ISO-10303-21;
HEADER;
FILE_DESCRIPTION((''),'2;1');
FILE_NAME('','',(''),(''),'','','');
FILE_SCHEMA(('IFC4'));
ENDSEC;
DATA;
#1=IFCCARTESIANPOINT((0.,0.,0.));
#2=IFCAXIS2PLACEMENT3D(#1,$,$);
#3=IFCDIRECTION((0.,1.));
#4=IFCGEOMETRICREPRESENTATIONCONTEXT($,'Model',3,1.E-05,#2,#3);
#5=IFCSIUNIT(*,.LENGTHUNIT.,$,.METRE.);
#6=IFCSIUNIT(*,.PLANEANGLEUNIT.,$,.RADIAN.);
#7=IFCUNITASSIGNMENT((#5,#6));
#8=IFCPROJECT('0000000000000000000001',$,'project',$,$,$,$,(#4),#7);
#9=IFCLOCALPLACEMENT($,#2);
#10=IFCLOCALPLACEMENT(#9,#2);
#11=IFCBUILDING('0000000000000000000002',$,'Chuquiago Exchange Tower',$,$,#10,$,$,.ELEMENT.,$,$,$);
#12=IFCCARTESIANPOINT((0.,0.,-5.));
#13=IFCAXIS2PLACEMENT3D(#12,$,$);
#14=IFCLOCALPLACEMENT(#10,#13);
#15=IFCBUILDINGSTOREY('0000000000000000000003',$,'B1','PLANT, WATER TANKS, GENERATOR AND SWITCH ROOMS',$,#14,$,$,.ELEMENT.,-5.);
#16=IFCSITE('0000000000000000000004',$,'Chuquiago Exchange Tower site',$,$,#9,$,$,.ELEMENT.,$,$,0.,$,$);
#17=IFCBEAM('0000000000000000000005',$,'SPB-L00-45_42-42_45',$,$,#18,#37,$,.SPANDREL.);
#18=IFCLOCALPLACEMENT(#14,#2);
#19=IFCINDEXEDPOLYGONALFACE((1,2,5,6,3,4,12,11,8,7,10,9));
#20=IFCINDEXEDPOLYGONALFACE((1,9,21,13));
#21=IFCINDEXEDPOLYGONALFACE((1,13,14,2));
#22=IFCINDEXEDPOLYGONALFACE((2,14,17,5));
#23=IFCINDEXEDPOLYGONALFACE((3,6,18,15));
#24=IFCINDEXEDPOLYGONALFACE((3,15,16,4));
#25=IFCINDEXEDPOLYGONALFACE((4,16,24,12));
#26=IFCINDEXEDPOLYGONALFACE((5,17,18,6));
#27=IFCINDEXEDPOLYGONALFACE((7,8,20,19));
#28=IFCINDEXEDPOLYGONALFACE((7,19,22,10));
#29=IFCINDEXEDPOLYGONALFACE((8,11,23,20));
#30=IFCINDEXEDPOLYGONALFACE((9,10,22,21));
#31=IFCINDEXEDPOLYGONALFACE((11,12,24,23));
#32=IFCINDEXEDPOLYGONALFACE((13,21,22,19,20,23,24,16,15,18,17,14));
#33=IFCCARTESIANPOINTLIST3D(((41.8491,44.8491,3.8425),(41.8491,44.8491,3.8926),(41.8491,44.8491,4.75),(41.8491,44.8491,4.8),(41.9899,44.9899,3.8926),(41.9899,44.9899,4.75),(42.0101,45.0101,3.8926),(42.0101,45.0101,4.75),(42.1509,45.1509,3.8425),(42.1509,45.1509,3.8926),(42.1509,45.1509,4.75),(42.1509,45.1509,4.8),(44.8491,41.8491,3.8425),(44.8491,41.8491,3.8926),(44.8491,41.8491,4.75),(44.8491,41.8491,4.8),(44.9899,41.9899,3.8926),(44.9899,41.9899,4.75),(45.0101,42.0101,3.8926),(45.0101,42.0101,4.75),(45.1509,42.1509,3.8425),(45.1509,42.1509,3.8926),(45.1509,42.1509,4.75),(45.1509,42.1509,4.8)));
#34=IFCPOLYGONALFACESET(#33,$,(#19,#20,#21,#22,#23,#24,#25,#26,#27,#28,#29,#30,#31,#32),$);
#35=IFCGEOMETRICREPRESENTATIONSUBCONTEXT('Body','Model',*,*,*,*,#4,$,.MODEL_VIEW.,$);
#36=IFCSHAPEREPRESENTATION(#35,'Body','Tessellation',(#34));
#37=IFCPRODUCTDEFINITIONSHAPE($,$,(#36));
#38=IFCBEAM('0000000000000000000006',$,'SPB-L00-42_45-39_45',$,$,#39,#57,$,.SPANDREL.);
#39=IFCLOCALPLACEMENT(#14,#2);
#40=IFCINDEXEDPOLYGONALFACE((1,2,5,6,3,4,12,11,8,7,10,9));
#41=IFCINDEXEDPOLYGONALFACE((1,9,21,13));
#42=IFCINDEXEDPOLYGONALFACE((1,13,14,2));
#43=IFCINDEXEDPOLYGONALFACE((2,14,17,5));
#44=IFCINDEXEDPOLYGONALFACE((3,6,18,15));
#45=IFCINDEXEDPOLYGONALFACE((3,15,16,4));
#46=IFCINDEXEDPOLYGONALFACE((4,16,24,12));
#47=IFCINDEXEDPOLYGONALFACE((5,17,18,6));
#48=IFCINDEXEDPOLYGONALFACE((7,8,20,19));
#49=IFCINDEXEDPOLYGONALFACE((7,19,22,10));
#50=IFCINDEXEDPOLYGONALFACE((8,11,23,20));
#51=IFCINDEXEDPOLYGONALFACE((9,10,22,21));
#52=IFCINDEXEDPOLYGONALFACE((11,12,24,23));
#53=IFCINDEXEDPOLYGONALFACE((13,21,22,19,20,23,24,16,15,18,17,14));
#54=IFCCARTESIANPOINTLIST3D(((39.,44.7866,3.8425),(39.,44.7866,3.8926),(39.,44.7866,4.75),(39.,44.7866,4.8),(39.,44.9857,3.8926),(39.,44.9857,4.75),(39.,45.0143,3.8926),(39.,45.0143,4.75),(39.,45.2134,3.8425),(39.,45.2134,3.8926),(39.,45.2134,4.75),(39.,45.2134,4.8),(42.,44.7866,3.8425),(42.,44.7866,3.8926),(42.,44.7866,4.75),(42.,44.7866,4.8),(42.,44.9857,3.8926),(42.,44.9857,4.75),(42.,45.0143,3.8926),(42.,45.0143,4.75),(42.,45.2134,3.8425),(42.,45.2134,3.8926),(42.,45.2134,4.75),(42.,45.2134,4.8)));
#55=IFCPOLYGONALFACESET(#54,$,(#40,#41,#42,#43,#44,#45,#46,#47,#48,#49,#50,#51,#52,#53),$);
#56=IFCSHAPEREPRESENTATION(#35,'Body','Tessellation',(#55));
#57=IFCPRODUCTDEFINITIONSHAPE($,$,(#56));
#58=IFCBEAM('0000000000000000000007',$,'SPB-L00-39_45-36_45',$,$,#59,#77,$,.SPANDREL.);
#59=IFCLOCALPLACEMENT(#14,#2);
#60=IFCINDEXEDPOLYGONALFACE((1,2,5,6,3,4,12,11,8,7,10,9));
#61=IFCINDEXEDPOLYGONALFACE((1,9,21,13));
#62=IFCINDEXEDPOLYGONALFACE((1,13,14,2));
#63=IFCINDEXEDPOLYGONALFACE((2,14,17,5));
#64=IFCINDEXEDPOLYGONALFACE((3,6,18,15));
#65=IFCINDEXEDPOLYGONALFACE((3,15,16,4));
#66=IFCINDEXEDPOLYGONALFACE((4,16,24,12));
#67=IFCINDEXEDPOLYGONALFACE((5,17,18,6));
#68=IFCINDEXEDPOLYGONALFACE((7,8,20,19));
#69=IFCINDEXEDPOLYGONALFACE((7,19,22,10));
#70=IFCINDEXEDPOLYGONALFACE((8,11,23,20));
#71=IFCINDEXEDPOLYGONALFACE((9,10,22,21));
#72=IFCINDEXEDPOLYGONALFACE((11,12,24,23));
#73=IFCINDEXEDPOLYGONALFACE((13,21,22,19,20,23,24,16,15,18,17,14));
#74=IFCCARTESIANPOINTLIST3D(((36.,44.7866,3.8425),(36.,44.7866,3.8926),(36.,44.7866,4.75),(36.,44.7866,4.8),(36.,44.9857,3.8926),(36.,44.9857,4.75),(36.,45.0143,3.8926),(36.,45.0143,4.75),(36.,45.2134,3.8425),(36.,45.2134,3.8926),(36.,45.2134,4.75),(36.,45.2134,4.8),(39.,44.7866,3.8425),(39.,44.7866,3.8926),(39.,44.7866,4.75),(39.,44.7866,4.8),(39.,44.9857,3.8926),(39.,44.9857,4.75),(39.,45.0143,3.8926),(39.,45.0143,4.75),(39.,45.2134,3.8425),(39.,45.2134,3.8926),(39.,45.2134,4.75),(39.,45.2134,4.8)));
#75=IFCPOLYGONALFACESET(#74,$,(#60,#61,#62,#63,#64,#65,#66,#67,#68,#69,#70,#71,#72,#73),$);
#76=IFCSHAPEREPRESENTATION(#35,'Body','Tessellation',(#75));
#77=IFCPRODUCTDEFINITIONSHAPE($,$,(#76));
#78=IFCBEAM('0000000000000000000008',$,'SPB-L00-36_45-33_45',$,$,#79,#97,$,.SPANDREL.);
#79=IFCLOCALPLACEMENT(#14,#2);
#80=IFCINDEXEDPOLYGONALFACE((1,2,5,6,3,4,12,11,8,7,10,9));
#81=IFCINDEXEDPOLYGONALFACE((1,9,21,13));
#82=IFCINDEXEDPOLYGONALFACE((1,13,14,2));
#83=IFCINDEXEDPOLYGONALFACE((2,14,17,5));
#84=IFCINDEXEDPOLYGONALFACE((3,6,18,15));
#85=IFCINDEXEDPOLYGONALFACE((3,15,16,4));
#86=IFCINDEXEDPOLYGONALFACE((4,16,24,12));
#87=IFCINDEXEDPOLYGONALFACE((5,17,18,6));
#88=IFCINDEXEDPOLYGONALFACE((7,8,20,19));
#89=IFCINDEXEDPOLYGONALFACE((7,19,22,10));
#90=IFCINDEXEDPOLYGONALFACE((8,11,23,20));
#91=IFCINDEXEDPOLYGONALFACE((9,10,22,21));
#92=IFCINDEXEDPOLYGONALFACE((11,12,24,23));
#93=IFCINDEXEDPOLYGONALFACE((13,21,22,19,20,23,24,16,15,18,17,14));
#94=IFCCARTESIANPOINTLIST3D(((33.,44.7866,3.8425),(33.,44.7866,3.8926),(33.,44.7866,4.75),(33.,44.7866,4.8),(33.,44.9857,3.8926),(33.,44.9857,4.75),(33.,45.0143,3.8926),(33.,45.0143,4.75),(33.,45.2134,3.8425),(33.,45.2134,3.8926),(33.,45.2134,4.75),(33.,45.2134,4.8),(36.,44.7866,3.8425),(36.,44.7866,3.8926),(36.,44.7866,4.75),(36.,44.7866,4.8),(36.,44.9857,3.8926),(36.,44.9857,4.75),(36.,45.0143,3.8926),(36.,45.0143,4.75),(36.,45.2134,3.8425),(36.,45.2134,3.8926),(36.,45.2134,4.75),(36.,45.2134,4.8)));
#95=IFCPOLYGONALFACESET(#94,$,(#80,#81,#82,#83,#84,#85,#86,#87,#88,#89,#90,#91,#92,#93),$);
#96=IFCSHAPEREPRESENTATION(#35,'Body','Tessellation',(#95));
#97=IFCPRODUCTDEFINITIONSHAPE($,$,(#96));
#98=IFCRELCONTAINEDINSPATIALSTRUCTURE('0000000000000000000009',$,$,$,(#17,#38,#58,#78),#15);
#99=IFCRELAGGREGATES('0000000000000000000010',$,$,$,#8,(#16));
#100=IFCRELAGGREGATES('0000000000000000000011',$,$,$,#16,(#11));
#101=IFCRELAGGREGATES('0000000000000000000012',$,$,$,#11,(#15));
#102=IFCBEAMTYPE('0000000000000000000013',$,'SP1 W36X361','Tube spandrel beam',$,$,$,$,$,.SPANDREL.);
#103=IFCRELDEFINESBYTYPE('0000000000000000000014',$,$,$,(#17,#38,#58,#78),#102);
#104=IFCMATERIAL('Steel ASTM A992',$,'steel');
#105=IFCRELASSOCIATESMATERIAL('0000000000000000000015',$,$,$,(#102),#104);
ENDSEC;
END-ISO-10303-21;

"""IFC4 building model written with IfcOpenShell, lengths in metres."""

from ifc_helpers import new_model, si_unit, direction, frame, origin, origin_2d, place, context, subcontext, project, spatial, i_section, extrude, material, material_profile, profile_set, type_object, element, save


model = new_model("IFC4")

# Units and contexts
model_context = context("Model", 3, precision=1e-05, world=origin(), true_north=direction((0.0, 1.0)))
body_context = subcontext(model_context, "Body", "Model", "MODEL_VIEW")
ifc_project = project(units=[si_unit("LENGTHUNIT", "METRE"), si_unit("PLANEANGLEUNIT", "RADIAN")], contexts=[model_context])

# Site, building, storey
site_placement = place(None, origin())
site = spatial("IfcSite", under=ifc_project, at=site_placement, Name="Chuquiago Exchange Tower site", CompositionType="ELEMENT", RefElevation=0.0)
building_placement = place(site_placement, origin())
building = spatial("IfcBuilding", under=site, at=building_placement, Name="Chuquiago Exchange Tower", CompositionType="ELEMENT")
storey_placement = place(building_placement, frame((0.0, 0.0, -5.0)))
storey = spatial("IfcBuildingStorey", under=building, at=storey_placement, Name="B1", Description="PLANT, WATER TANKS, GENERATOR AND SWITCH ROOMS", CompositionType="ELEMENT", Elevation=-5.0)

# Beams
ifc_material_1 = material(Name="Steel ASTM A992", Category="steel")
ifc_material_profile_1 = material_profile(ifc_material_1, i_section(OverallWidth=0.4268, OverallDepth=0.9575, WebThickness=0.0286, FlangeThickness=0.05, at=origin_2d()), Name="W36X361")
ifc_profile_set_1 = profile_set([ifc_material_profile_1], Name="Steel ASTM A992")
beam_type_1 = type_object("IfcBeamType", Name="SP1 W36X361", Description="Tube spandrel beam", PredefinedType="SPANDREL", material=ifc_profile_set_1)
beam_1_placement = place(storey_placement, frame((45.0, 42.0, 4.3213), z_axis=(-0.707107, 0.707107, 0.0), x_axis=(-0.707107, -0.707107, 0.0)))
element("IfcBeam", 1, at=beam_1_placement, inside=storey, type_object=beam_type_1, Name="SPB-L00-45_42-42_45", PredefinedType="SPANDREL", context=body_context, shape_type="SweptSolid", body=[
    extrude(i_section(OverallWidth=0.4268, OverallDepth=0.9575, WebThickness=0.0286, FlangeThickness=0.05, at=origin_2d()), origin(), (0.0, 0.0, 1.0), 4.2427),
])
for number, where, z_axis, x_axis, name in (
    (2, (42.0, 45.0, 4.3213), (-1.0, 0.0, 0.0), (0.0, -1.0, 0.0), "SPB-L00-42_45-39_45"),
    (3, (39.0, 45.0, 4.3213), (-1.0, 0.0, 0.0), (0.0, -1.0, 0.0), "SPB-L00-39_45-36_45"),
    (4, (36.0, 45.0, 4.3213), (-1.0, 0.0, 0.0), (0.0, -1.0, 0.0), "SPB-L00-36_45-33_45"),
):
    element("IfcBeam", number, at=place(storey_placement, frame(where, z_axis=z_axis, x_axis=x_axis)), inside=storey, type_object=beam_type_1, Name=name, PredefinedType="SPANDREL", context=body_context, shape_type="SweptSolid", body=[
        extrude(i_section(OverallWidth=0.4268, OverallDepth=0.9575, WebThickness=0.0286, FlangeThickness=0.05, at=origin_2d()), origin(), (0.0, 0.0, 1.0), 3.0),
    ])

save(model, "model.ifc")
